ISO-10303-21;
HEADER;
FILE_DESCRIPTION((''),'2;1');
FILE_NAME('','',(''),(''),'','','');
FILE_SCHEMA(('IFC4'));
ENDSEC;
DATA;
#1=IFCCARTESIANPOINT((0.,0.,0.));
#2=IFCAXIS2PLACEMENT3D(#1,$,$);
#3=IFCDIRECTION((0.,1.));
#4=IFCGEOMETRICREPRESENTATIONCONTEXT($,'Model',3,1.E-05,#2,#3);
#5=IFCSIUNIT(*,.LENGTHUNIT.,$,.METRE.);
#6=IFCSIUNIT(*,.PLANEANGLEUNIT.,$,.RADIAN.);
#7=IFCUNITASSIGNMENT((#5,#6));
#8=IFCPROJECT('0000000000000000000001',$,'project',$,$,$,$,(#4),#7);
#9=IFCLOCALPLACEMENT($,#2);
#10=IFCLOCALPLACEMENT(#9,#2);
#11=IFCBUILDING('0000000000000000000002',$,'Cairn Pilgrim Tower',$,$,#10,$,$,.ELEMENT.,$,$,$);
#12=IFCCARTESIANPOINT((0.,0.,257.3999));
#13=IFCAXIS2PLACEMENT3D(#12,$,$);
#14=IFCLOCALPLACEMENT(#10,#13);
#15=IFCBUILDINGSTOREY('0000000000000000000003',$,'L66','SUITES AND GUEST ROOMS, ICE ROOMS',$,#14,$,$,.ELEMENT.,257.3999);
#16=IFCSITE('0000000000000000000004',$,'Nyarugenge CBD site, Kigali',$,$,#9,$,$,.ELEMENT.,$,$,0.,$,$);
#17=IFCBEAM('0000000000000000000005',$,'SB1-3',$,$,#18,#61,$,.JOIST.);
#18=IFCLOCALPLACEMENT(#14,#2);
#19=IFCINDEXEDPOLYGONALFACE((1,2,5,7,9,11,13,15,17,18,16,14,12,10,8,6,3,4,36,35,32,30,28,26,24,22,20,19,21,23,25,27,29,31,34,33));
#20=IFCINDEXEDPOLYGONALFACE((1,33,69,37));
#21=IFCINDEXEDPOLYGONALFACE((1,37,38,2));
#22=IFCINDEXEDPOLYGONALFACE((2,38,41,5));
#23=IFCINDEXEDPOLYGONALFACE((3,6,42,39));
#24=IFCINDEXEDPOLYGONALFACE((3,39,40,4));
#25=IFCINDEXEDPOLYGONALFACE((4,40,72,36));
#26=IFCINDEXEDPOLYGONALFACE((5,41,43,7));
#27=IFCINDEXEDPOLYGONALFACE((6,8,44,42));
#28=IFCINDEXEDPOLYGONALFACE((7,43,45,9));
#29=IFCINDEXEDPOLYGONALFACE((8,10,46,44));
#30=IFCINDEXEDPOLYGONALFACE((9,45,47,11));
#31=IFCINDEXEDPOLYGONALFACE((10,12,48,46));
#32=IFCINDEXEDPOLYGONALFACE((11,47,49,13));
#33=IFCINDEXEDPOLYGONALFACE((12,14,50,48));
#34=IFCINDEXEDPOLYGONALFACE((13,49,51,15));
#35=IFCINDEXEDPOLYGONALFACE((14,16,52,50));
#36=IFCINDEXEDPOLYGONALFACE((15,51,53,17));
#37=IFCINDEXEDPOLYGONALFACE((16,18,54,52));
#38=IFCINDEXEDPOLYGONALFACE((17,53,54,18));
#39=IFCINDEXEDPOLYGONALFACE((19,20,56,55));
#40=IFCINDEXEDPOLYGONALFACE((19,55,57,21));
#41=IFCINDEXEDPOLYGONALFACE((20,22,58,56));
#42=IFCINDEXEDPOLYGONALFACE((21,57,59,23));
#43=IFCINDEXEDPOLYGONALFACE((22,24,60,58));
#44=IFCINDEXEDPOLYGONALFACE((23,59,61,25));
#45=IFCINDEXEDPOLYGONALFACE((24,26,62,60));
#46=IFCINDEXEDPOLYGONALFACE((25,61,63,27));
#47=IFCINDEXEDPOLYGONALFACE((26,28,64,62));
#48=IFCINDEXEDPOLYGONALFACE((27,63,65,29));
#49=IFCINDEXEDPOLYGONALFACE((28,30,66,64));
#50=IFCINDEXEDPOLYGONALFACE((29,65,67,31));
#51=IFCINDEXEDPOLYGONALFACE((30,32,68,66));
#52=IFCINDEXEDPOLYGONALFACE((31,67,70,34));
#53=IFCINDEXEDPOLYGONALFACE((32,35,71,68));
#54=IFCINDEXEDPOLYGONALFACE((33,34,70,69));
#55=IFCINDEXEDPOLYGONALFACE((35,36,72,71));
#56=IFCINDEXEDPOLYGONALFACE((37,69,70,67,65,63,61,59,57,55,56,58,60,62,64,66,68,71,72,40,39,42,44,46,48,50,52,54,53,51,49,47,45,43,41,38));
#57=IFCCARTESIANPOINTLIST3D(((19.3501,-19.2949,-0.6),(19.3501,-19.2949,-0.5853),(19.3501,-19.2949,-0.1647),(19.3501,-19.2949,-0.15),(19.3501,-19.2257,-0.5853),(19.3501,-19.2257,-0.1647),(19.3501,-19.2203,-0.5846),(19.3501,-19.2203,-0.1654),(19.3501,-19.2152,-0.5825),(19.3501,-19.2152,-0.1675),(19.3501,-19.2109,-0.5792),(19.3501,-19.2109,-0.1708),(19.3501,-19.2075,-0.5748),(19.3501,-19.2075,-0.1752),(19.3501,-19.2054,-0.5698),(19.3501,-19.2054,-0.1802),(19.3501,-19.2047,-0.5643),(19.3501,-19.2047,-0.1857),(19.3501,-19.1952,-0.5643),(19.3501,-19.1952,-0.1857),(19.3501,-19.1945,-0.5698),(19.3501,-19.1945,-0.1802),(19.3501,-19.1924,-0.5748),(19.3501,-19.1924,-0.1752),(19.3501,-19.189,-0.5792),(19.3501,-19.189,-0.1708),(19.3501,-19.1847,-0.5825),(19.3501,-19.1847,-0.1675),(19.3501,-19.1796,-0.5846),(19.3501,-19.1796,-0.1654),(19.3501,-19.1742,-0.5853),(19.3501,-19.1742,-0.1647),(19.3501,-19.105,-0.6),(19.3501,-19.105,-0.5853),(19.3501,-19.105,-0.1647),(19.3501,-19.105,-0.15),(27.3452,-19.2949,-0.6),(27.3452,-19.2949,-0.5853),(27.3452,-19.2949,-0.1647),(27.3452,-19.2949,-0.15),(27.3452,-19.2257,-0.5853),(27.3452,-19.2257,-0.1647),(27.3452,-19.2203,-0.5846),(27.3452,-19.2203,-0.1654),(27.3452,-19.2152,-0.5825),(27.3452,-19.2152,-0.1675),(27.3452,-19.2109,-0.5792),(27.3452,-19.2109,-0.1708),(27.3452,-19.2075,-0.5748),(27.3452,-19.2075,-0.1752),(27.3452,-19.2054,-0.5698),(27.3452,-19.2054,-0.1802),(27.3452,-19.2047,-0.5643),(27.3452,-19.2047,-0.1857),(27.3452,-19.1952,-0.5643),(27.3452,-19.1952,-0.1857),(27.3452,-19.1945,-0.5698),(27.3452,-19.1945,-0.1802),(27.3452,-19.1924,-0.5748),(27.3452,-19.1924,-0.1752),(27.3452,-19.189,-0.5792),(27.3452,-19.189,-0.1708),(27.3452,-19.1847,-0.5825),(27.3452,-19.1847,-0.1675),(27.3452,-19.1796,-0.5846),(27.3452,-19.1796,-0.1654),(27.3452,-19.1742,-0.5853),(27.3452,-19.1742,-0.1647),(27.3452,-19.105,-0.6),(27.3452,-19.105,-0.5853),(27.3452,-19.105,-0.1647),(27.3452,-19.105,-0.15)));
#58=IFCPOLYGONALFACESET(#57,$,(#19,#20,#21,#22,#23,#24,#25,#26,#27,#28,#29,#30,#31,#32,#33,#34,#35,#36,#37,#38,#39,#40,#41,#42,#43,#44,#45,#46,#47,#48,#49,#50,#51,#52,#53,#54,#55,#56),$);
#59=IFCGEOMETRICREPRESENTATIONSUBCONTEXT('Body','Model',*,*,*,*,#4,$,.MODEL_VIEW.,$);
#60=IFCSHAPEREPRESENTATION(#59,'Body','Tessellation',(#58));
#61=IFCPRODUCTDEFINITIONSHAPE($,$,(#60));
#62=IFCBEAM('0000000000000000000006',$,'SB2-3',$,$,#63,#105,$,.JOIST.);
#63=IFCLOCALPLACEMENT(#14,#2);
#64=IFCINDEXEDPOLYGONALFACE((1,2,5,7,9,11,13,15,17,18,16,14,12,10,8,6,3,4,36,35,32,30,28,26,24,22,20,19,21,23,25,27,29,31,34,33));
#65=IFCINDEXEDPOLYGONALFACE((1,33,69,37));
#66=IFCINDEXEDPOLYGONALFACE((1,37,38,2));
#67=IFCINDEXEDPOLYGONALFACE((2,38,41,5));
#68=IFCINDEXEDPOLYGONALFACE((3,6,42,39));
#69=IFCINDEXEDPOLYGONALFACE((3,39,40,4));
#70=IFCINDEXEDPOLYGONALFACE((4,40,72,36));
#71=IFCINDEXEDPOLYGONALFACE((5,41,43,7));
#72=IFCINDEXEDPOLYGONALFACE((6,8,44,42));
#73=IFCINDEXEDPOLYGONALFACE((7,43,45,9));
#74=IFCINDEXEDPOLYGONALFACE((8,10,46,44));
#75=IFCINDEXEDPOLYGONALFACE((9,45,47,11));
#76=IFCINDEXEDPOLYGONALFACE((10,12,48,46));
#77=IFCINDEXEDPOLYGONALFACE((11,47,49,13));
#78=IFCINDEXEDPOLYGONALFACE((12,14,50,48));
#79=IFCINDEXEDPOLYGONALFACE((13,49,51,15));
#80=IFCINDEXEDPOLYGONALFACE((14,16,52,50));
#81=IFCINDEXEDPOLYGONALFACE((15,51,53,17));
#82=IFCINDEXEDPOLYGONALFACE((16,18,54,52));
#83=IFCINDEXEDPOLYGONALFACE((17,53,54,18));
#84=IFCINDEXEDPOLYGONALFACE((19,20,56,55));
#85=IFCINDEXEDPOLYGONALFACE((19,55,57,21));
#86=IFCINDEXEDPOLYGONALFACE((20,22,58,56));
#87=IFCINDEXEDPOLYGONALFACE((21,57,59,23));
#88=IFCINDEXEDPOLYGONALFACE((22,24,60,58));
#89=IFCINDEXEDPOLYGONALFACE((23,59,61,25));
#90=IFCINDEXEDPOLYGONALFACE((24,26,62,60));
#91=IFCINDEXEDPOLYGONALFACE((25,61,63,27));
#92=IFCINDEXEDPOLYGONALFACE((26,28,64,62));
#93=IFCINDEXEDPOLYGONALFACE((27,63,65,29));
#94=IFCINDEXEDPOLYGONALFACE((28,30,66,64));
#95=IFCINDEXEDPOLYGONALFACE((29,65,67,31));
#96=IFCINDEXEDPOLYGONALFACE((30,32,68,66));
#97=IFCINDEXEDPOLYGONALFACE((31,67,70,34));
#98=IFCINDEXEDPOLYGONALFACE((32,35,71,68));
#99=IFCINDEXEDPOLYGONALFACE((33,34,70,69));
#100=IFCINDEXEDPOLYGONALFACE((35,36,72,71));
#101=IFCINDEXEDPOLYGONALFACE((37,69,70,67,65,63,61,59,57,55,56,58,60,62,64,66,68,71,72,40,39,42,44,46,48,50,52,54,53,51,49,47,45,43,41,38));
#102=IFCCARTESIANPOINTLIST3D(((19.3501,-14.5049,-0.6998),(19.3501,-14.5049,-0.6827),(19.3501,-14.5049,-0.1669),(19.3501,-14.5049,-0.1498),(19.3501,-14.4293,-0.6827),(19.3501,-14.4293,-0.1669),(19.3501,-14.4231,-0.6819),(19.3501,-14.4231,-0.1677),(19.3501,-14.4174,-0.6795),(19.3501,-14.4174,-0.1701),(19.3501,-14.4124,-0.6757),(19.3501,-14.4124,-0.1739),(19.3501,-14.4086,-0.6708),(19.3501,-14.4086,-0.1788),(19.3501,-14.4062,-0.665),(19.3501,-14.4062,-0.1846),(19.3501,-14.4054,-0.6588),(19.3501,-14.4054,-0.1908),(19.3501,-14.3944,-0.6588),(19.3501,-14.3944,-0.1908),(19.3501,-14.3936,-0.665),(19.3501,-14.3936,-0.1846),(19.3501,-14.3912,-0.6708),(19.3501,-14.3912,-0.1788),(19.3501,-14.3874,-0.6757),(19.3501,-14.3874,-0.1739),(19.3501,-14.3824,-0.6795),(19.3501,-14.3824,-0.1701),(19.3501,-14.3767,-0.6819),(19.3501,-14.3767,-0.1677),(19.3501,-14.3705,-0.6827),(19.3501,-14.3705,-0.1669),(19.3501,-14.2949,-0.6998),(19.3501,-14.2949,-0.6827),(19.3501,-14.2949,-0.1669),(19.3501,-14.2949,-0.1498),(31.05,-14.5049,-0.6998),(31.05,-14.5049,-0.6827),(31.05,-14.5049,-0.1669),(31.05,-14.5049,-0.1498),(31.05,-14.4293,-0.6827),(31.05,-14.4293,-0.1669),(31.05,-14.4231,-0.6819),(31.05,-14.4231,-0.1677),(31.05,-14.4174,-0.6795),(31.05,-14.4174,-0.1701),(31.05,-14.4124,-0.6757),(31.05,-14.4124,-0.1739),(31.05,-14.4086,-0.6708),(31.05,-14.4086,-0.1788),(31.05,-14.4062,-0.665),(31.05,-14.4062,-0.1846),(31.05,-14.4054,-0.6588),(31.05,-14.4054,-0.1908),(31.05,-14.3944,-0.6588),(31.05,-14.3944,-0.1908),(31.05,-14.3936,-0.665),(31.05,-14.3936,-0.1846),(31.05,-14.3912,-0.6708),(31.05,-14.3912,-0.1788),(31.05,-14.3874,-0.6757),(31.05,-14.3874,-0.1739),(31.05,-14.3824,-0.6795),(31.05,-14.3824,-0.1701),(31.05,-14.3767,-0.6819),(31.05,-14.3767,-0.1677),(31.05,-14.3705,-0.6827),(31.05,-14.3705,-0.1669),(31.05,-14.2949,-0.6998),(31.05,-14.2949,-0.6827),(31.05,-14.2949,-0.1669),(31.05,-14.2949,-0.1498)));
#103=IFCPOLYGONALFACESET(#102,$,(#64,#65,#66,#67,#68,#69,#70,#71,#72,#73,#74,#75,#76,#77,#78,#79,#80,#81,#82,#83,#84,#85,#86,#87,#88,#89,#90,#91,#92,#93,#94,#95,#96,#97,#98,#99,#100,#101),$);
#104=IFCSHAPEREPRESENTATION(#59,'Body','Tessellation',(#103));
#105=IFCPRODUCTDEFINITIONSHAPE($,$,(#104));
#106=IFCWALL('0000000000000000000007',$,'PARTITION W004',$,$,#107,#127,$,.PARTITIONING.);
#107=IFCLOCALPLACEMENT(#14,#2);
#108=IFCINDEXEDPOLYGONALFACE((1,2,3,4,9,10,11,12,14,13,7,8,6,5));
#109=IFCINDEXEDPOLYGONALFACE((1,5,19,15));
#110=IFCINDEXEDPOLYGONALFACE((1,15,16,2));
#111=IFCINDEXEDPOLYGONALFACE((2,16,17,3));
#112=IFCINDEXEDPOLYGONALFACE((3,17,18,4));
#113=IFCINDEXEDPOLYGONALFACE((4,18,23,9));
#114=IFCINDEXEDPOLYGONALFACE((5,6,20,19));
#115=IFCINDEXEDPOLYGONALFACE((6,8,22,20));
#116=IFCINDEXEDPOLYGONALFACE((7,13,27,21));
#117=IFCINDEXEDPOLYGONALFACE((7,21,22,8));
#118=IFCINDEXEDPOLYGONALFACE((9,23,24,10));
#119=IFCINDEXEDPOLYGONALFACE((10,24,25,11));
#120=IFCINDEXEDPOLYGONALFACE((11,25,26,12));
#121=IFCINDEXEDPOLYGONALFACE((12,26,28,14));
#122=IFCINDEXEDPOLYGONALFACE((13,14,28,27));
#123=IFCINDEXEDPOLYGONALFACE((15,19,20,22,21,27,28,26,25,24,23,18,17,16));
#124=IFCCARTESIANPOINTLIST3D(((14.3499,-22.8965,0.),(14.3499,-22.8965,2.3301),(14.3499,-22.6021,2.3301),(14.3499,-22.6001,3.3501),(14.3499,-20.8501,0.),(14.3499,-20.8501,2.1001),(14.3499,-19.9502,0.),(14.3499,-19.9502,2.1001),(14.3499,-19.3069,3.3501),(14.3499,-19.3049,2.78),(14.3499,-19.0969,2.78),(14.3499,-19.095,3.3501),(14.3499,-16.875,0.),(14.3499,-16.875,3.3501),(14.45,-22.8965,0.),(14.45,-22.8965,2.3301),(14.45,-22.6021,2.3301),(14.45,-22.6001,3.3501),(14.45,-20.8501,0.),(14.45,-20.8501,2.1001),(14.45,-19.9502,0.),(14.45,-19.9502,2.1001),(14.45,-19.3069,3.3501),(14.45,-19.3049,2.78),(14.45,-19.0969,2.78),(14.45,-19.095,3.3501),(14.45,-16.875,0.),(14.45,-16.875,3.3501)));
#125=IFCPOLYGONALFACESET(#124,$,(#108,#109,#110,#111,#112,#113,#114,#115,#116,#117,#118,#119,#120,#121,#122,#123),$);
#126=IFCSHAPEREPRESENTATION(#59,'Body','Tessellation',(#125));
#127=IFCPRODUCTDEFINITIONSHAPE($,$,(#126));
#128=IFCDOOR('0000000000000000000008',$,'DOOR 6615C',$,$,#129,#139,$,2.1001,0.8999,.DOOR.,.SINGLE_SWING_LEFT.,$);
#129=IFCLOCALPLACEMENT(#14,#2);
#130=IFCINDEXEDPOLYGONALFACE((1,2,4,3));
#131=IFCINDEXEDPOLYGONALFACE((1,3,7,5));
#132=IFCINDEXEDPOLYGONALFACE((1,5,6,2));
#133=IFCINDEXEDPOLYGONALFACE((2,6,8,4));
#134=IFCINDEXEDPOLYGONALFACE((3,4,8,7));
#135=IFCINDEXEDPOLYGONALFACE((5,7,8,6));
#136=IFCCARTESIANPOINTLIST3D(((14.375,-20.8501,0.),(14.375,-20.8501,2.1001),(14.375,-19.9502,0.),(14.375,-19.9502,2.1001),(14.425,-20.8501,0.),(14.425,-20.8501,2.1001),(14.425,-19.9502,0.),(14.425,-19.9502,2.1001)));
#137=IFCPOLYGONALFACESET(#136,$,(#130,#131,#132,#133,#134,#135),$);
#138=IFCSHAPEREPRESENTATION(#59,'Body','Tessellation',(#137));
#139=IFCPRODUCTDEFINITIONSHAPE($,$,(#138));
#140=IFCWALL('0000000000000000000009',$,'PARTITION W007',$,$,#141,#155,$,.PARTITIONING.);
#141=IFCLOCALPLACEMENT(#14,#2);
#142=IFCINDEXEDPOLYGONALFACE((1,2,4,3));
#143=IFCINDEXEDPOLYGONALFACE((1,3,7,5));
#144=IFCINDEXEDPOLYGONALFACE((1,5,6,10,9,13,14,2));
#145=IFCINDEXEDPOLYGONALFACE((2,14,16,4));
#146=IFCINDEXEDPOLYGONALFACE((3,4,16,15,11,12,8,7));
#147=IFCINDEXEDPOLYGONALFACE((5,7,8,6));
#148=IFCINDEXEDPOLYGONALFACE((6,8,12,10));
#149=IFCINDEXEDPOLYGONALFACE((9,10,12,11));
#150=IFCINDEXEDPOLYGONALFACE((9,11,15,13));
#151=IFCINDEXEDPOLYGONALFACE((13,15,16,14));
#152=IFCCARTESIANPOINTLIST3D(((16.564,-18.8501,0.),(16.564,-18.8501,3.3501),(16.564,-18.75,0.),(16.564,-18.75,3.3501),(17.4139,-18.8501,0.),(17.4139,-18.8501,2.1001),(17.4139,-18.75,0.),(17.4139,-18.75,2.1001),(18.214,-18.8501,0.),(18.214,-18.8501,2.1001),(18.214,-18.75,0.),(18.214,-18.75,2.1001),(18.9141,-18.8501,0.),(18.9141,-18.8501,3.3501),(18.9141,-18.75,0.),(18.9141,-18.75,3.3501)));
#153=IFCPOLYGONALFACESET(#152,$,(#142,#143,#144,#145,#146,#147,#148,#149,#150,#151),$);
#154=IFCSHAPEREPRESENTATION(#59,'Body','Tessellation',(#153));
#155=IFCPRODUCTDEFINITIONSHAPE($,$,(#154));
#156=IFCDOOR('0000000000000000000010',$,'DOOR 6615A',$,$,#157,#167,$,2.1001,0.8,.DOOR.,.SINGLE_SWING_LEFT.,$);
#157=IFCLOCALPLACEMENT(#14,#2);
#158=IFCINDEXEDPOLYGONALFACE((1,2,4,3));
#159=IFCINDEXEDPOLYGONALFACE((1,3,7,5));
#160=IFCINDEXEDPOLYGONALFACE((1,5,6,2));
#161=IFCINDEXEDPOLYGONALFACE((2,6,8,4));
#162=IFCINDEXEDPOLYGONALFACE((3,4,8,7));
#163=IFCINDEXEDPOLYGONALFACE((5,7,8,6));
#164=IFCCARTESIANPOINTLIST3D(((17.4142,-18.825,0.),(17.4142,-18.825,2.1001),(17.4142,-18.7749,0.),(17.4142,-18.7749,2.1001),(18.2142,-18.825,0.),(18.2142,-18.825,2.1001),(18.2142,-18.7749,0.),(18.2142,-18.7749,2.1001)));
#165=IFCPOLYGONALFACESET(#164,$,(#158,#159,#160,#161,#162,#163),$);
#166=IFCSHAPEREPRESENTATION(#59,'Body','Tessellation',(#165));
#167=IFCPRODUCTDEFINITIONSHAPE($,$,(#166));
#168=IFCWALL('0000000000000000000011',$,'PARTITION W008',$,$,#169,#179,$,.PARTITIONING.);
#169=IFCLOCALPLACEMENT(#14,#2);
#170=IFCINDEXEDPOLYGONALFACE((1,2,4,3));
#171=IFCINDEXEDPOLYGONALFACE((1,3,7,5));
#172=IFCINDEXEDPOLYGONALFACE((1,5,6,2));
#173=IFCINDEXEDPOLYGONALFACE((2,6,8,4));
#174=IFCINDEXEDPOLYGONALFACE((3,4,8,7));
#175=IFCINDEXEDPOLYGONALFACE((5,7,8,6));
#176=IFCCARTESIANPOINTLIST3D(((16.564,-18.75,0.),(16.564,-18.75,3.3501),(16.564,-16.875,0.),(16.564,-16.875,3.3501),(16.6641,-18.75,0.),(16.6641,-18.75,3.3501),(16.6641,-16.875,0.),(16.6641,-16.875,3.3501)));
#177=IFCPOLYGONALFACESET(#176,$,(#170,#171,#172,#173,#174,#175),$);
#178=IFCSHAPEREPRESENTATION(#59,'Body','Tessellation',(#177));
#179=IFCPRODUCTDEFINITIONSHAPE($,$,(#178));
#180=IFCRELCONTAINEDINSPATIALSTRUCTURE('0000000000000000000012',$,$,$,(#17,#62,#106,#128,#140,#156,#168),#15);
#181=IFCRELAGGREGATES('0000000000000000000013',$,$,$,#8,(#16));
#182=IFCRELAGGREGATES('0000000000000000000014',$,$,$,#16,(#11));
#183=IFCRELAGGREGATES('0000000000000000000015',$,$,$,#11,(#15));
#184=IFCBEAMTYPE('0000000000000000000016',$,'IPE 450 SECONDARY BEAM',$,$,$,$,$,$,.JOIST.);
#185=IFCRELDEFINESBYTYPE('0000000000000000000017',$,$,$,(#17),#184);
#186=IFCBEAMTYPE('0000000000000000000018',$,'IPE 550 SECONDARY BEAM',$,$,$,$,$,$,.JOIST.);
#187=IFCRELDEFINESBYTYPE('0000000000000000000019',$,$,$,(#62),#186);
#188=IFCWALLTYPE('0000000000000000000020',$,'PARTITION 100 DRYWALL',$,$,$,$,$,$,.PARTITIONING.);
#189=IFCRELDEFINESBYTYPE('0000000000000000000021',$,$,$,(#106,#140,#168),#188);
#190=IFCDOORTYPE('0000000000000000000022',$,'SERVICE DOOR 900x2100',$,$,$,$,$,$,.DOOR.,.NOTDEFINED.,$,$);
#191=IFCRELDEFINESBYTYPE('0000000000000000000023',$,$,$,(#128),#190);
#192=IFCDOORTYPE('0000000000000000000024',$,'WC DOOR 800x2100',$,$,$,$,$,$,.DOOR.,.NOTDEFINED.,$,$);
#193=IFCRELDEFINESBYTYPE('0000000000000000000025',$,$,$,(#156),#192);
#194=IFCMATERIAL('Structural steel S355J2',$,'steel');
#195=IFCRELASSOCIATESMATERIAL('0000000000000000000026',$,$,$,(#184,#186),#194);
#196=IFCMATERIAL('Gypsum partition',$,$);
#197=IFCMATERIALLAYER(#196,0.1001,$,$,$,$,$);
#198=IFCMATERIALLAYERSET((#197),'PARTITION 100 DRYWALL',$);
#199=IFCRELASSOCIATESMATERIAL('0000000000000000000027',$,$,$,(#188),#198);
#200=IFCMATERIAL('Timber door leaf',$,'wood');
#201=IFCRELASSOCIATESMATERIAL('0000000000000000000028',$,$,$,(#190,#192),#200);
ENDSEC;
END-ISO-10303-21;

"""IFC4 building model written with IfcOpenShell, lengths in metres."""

from ifc_helpers import new_model, si_unit, direction, frame, frame_2d, origin, origin_2d, place, context, subcontext, project, spatial, polyline, rectangle, i_section, outline, extrude, material, layer, layer_set, material_profile, profile_set, type_object, element, fill, save


model = new_model("IFC4")

# Units and contexts
model_context = context("Model", 3, precision=1e-05, world=origin(), true_north=direction((0.0, 1.0)))
body_context = subcontext(model_context, "Body", "Model", "MODEL_VIEW")
ifc_project = project(units=[si_unit("LENGTHUNIT", "METRE"), si_unit("PLANEANGLEUNIT", "RADIAN")], contexts=[model_context])

# Site, building, storey
site_placement = place(None, origin())
site = spatial("IfcSite", under=ifc_project, at=site_placement, Name="Nyarugenge CBD site, Kigali", CompositionType="ELEMENT", RefElevation=0.0)
building_placement = place(site_placement, origin())
building = spatial("IfcBuilding", under=site, at=building_placement, Name="Cairn Pilgrim Tower", CompositionType="ELEMENT")
storey_placement = place(building_placement, frame((0.0, 0.0, 257.3999)))
storey = spatial("IfcBuildingStorey", under=building, at=storey_placement, Name="L66", Description="SUITES AND GUEST ROOMS, ICE ROOMS", CompositionType="ELEMENT", Elevation=257.3999)

# Beams
ifc_material_1 = material(Name="Structural steel S355J2", Category="steel")
ifc_material_profile_1 = material_profile(ifc_material_1, i_section(OverallWidth=0.1899, OverallDepth=0.45, WebThickness=0.0095, FlangeThickness=0.0146, FilletRadius=0.021, at=origin_2d()), Name="IPE 450")
ifc_profile_set_1 = profile_set([ifc_material_profile_1], Name="Structural steel S355J2")
beam_type_1 = type_object("IfcBeamType", Name="IPE 450 SECONDARY BEAM", PredefinedType="JOIST", material=ifc_profile_set_1)
beam_1_placement = place(storey_placement, frame((19.3501, -19.2, -0.375), z_axis=(1.0, 0.0, 0.0), x_axis=(0.0, 1.0, 0.0)))
element("IfcBeam", 1, at=beam_1_placement, inside=storey, type_object=beam_type_1, Name="SB1-3", PredefinedType="JOIST", context=body_context, shape_type="SweptSolid", body=[
    extrude(i_section(OverallWidth=0.1899, OverallDepth=0.45, WebThickness=0.0095, FlangeThickness=0.0146, FilletRadius=0.021, at=origin_2d()), origin(), (0.0, 0.0, 1.0), 7.9951),
])
ifc_material_profile_2 = material_profile(ifc_material_1, i_section(OverallWidth=0.21, OverallDepth=0.55, WebThickness=0.011, FlangeThickness=0.0171, FilletRadius=0.0239, at=origin_2d()), Name="IPE 550")
ifc_profile_set_2 = profile_set([ifc_material_profile_2], Name="Structural steel S355J2")
beam_type_2 = type_object("IfcBeamType", Name="IPE 550 SECONDARY BEAM", PredefinedType="JOIST", material=ifc_profile_set_2)
beam_2_placement = place(storey_placement, frame((19.3501, -14.3999, -0.4248), z_axis=(1.0, 0.0, 0.0), x_axis=(0.0, 1.0, 0.0)))
element("IfcBeam", 2, at=beam_2_placement, inside=storey, type_object=beam_type_2, Name="SB2-3", PredefinedType="JOIST", context=body_context, shape_type="SweptSolid", body=[
    extrude(i_section(OverallWidth=0.21, OverallDepth=0.55, WebThickness=0.011, FlangeThickness=0.0171, FilletRadius=0.0239, at=origin_2d()), origin(), (0.0, 0.0, 1.0), 11.7),
])

# Walls, openings, doors
ifc_material_2 = material(Name="Gypsum partition")
ifc_layer_1 = layer(ifc_material_2, 0.1001)
ifc_layer_set_1 = layer_set([ifc_layer_1], Name="PARTITION 100 DRYWALL")
wall_type_1 = type_object("IfcWallType", Name="PARTITION 100 DRYWALL", PredefinedType="PARTITIONING", material=ifc_layer_set_1)
wall_1_placement = place(storey_placement, frame((14.3999, -22.8965, 0.0), z_axis=(0.0, 0.0, 1.0), x_axis=(0.0, 1.0, 0.0)))
wall_1 = element("IfcWall", 3, at=wall_1_placement, inside=storey, type_object=wall_type_1, Name="PARTITION W004", PredefinedType="PARTITIONING", context=body_context, shape_type="SweptSolid", body=[
    extrude(outline(polyline([(0.0, 0.0), (6.0215, 0.0), (6.0215, 3.3501), (3.8015, 3.3501), (3.7996, 2.78), (3.5916, 2.78), (3.5896, 3.3501), (0.2964, 3.3501), (0.2944, 2.3301), (0.0, 2.3301), (0.0, 0.0)])), frame((0.0, 0.05, 0.0), z_axis=(0.0, -1.0, 0.0), x_axis=(1.0, 0.0, 0.0)), (0.0, 0.0, 1.0), 0.1001),
])
opening_1_placement = place(wall_1_placement, frame((2.0464, 0.0, 0.0)))
opening_1 = element("IfcOpeningElement", 4, at=opening_1_placement, cuts=wall_1, PredefinedType="OPENING", context=body_context, shape_type="SweptSolid", body=[
    extrude(rectangle(XDim=0.8999, YDim=2.1001, at=frame_2d((0.45, 1.05))), frame((0.0, 0.0601, 0.0), z_axis=(0.0, -1.0, 0.0), x_axis=(1.0, 0.0, 0.0)), (0.0, 0.0, 1.0), 0.1201),
])
ifc_material_3 = material(Name="Timber door leaf", Category="wood")
door_type_1 = type_object("IfcDoorType", Name="SERVICE DOOR 900x2100", OperationType="NOTDEFINED", PredefinedType="DOOR", material=ifc_material_3)
door_1_placement = place(opening_1_placement, origin())
door_1 = element("IfcDoor", 5, at=door_1_placement, inside=storey, type_object=door_type_1, Name="DOOR 6615C", OperationType="SINGLE_SWING_LEFT", OverallHeight=2.1001, OverallWidth=0.8999, PredefinedType="DOOR", context=body_context, shape_type="SweptSolid", body=[
    extrude(rectangle(XDim=0.8999, YDim=2.1001, at=frame_2d((0.45, 1.05))), frame((0.0, 0.0249, 0.0), z_axis=(0.0, -1.0, 0.0), x_axis=(1.0, 0.0, 0.0)), (0.0, 0.0, 1.0), 0.05),
])
fill(opening_1, door_1)
wall_2_placement = place(storey_placement, frame((16.564, -18.8, 0.0), z_axis=(0.0, 0.0, 1.0), x_axis=(1.0, 0.0, 0.0)))
wall_2 = element("IfcWall", 6, at=wall_2_placement, inside=storey, type_object=wall_type_1, Name="PARTITION W007", PredefinedType="PARTITIONING", context=body_context, shape_type="SweptSolid", body=[
    extrude(rectangle(XDim=2.3501, YDim=0.1001, at=frame_2d((1.175, 0.0))), origin(), (0.0, 0.0, 1.0), 3.3501),
])
opening_2_placement = place(wall_2_placement, frame((0.8501, 0.0, 0.0)))
opening_2 = element("IfcOpeningElement", 7, at=opening_2_placement, cuts=wall_2, PredefinedType="OPENING", context=body_context, shape_type="SweptSolid", body=[
    extrude(rectangle(XDim=0.8, YDim=2.1001, at=frame_2d((0.3999, 1.05))), frame((0.0, 0.0601, 0.0), z_axis=(0.0, -1.0, 0.0), x_axis=(1.0, 0.0, 0.0)), (0.0, 0.0, 1.0), 0.1201),
])
door_type_2 = type_object("IfcDoorType", Name="WC DOOR 800x2100", OperationType="NOTDEFINED", PredefinedType="DOOR", material=ifc_material_3)
door_2_placement = place(opening_2_placement, frame((0.8, 0.0, 0.0), z_axis=(0.0, 0.0, 1.0), x_axis=(-1.0, 0.0, 0.0)))
door_2 = element("IfcDoor", 8, at=door_2_placement, inside=storey, type_object=door_type_2, Name="DOOR 6615A", OperationType="SINGLE_SWING_LEFT", OverallHeight=2.1001, OverallWidth=0.8, PredefinedType="DOOR", context=body_context, shape_type="SweptSolid", body=[
    extrude(rectangle(XDim=0.8, YDim=2.1001, at=frame_2d((0.3999, 1.05))), frame((0.0, 0.0249, 0.0), z_axis=(0.0, -1.0, 0.0), x_axis=(1.0, 0.0, 0.0)), (0.0, 0.0, 1.0), 0.05),
])
fill(opening_2, door_2)

# Wall
wall_3_placement = place(storey_placement, frame((16.614, -18.75, 0.0), z_axis=(0.0, 0.0, 1.0), x_axis=(0.0, 1.0, 0.0)))
element("IfcWall", 9, at=wall_3_placement, inside=storey, type_object=wall_type_1, Name="PARTITION W008", PredefinedType="PARTITIONING", context=body_context, shape_type="SweptSolid", body=[
    extrude(rectangle(XDim=1.875, YDim=0.1001, at=frame_2d((0.9375, 0.0))), origin(), (0.0, 0.0, 1.0), 3.3501),
])

save(model, "model.ifc")
